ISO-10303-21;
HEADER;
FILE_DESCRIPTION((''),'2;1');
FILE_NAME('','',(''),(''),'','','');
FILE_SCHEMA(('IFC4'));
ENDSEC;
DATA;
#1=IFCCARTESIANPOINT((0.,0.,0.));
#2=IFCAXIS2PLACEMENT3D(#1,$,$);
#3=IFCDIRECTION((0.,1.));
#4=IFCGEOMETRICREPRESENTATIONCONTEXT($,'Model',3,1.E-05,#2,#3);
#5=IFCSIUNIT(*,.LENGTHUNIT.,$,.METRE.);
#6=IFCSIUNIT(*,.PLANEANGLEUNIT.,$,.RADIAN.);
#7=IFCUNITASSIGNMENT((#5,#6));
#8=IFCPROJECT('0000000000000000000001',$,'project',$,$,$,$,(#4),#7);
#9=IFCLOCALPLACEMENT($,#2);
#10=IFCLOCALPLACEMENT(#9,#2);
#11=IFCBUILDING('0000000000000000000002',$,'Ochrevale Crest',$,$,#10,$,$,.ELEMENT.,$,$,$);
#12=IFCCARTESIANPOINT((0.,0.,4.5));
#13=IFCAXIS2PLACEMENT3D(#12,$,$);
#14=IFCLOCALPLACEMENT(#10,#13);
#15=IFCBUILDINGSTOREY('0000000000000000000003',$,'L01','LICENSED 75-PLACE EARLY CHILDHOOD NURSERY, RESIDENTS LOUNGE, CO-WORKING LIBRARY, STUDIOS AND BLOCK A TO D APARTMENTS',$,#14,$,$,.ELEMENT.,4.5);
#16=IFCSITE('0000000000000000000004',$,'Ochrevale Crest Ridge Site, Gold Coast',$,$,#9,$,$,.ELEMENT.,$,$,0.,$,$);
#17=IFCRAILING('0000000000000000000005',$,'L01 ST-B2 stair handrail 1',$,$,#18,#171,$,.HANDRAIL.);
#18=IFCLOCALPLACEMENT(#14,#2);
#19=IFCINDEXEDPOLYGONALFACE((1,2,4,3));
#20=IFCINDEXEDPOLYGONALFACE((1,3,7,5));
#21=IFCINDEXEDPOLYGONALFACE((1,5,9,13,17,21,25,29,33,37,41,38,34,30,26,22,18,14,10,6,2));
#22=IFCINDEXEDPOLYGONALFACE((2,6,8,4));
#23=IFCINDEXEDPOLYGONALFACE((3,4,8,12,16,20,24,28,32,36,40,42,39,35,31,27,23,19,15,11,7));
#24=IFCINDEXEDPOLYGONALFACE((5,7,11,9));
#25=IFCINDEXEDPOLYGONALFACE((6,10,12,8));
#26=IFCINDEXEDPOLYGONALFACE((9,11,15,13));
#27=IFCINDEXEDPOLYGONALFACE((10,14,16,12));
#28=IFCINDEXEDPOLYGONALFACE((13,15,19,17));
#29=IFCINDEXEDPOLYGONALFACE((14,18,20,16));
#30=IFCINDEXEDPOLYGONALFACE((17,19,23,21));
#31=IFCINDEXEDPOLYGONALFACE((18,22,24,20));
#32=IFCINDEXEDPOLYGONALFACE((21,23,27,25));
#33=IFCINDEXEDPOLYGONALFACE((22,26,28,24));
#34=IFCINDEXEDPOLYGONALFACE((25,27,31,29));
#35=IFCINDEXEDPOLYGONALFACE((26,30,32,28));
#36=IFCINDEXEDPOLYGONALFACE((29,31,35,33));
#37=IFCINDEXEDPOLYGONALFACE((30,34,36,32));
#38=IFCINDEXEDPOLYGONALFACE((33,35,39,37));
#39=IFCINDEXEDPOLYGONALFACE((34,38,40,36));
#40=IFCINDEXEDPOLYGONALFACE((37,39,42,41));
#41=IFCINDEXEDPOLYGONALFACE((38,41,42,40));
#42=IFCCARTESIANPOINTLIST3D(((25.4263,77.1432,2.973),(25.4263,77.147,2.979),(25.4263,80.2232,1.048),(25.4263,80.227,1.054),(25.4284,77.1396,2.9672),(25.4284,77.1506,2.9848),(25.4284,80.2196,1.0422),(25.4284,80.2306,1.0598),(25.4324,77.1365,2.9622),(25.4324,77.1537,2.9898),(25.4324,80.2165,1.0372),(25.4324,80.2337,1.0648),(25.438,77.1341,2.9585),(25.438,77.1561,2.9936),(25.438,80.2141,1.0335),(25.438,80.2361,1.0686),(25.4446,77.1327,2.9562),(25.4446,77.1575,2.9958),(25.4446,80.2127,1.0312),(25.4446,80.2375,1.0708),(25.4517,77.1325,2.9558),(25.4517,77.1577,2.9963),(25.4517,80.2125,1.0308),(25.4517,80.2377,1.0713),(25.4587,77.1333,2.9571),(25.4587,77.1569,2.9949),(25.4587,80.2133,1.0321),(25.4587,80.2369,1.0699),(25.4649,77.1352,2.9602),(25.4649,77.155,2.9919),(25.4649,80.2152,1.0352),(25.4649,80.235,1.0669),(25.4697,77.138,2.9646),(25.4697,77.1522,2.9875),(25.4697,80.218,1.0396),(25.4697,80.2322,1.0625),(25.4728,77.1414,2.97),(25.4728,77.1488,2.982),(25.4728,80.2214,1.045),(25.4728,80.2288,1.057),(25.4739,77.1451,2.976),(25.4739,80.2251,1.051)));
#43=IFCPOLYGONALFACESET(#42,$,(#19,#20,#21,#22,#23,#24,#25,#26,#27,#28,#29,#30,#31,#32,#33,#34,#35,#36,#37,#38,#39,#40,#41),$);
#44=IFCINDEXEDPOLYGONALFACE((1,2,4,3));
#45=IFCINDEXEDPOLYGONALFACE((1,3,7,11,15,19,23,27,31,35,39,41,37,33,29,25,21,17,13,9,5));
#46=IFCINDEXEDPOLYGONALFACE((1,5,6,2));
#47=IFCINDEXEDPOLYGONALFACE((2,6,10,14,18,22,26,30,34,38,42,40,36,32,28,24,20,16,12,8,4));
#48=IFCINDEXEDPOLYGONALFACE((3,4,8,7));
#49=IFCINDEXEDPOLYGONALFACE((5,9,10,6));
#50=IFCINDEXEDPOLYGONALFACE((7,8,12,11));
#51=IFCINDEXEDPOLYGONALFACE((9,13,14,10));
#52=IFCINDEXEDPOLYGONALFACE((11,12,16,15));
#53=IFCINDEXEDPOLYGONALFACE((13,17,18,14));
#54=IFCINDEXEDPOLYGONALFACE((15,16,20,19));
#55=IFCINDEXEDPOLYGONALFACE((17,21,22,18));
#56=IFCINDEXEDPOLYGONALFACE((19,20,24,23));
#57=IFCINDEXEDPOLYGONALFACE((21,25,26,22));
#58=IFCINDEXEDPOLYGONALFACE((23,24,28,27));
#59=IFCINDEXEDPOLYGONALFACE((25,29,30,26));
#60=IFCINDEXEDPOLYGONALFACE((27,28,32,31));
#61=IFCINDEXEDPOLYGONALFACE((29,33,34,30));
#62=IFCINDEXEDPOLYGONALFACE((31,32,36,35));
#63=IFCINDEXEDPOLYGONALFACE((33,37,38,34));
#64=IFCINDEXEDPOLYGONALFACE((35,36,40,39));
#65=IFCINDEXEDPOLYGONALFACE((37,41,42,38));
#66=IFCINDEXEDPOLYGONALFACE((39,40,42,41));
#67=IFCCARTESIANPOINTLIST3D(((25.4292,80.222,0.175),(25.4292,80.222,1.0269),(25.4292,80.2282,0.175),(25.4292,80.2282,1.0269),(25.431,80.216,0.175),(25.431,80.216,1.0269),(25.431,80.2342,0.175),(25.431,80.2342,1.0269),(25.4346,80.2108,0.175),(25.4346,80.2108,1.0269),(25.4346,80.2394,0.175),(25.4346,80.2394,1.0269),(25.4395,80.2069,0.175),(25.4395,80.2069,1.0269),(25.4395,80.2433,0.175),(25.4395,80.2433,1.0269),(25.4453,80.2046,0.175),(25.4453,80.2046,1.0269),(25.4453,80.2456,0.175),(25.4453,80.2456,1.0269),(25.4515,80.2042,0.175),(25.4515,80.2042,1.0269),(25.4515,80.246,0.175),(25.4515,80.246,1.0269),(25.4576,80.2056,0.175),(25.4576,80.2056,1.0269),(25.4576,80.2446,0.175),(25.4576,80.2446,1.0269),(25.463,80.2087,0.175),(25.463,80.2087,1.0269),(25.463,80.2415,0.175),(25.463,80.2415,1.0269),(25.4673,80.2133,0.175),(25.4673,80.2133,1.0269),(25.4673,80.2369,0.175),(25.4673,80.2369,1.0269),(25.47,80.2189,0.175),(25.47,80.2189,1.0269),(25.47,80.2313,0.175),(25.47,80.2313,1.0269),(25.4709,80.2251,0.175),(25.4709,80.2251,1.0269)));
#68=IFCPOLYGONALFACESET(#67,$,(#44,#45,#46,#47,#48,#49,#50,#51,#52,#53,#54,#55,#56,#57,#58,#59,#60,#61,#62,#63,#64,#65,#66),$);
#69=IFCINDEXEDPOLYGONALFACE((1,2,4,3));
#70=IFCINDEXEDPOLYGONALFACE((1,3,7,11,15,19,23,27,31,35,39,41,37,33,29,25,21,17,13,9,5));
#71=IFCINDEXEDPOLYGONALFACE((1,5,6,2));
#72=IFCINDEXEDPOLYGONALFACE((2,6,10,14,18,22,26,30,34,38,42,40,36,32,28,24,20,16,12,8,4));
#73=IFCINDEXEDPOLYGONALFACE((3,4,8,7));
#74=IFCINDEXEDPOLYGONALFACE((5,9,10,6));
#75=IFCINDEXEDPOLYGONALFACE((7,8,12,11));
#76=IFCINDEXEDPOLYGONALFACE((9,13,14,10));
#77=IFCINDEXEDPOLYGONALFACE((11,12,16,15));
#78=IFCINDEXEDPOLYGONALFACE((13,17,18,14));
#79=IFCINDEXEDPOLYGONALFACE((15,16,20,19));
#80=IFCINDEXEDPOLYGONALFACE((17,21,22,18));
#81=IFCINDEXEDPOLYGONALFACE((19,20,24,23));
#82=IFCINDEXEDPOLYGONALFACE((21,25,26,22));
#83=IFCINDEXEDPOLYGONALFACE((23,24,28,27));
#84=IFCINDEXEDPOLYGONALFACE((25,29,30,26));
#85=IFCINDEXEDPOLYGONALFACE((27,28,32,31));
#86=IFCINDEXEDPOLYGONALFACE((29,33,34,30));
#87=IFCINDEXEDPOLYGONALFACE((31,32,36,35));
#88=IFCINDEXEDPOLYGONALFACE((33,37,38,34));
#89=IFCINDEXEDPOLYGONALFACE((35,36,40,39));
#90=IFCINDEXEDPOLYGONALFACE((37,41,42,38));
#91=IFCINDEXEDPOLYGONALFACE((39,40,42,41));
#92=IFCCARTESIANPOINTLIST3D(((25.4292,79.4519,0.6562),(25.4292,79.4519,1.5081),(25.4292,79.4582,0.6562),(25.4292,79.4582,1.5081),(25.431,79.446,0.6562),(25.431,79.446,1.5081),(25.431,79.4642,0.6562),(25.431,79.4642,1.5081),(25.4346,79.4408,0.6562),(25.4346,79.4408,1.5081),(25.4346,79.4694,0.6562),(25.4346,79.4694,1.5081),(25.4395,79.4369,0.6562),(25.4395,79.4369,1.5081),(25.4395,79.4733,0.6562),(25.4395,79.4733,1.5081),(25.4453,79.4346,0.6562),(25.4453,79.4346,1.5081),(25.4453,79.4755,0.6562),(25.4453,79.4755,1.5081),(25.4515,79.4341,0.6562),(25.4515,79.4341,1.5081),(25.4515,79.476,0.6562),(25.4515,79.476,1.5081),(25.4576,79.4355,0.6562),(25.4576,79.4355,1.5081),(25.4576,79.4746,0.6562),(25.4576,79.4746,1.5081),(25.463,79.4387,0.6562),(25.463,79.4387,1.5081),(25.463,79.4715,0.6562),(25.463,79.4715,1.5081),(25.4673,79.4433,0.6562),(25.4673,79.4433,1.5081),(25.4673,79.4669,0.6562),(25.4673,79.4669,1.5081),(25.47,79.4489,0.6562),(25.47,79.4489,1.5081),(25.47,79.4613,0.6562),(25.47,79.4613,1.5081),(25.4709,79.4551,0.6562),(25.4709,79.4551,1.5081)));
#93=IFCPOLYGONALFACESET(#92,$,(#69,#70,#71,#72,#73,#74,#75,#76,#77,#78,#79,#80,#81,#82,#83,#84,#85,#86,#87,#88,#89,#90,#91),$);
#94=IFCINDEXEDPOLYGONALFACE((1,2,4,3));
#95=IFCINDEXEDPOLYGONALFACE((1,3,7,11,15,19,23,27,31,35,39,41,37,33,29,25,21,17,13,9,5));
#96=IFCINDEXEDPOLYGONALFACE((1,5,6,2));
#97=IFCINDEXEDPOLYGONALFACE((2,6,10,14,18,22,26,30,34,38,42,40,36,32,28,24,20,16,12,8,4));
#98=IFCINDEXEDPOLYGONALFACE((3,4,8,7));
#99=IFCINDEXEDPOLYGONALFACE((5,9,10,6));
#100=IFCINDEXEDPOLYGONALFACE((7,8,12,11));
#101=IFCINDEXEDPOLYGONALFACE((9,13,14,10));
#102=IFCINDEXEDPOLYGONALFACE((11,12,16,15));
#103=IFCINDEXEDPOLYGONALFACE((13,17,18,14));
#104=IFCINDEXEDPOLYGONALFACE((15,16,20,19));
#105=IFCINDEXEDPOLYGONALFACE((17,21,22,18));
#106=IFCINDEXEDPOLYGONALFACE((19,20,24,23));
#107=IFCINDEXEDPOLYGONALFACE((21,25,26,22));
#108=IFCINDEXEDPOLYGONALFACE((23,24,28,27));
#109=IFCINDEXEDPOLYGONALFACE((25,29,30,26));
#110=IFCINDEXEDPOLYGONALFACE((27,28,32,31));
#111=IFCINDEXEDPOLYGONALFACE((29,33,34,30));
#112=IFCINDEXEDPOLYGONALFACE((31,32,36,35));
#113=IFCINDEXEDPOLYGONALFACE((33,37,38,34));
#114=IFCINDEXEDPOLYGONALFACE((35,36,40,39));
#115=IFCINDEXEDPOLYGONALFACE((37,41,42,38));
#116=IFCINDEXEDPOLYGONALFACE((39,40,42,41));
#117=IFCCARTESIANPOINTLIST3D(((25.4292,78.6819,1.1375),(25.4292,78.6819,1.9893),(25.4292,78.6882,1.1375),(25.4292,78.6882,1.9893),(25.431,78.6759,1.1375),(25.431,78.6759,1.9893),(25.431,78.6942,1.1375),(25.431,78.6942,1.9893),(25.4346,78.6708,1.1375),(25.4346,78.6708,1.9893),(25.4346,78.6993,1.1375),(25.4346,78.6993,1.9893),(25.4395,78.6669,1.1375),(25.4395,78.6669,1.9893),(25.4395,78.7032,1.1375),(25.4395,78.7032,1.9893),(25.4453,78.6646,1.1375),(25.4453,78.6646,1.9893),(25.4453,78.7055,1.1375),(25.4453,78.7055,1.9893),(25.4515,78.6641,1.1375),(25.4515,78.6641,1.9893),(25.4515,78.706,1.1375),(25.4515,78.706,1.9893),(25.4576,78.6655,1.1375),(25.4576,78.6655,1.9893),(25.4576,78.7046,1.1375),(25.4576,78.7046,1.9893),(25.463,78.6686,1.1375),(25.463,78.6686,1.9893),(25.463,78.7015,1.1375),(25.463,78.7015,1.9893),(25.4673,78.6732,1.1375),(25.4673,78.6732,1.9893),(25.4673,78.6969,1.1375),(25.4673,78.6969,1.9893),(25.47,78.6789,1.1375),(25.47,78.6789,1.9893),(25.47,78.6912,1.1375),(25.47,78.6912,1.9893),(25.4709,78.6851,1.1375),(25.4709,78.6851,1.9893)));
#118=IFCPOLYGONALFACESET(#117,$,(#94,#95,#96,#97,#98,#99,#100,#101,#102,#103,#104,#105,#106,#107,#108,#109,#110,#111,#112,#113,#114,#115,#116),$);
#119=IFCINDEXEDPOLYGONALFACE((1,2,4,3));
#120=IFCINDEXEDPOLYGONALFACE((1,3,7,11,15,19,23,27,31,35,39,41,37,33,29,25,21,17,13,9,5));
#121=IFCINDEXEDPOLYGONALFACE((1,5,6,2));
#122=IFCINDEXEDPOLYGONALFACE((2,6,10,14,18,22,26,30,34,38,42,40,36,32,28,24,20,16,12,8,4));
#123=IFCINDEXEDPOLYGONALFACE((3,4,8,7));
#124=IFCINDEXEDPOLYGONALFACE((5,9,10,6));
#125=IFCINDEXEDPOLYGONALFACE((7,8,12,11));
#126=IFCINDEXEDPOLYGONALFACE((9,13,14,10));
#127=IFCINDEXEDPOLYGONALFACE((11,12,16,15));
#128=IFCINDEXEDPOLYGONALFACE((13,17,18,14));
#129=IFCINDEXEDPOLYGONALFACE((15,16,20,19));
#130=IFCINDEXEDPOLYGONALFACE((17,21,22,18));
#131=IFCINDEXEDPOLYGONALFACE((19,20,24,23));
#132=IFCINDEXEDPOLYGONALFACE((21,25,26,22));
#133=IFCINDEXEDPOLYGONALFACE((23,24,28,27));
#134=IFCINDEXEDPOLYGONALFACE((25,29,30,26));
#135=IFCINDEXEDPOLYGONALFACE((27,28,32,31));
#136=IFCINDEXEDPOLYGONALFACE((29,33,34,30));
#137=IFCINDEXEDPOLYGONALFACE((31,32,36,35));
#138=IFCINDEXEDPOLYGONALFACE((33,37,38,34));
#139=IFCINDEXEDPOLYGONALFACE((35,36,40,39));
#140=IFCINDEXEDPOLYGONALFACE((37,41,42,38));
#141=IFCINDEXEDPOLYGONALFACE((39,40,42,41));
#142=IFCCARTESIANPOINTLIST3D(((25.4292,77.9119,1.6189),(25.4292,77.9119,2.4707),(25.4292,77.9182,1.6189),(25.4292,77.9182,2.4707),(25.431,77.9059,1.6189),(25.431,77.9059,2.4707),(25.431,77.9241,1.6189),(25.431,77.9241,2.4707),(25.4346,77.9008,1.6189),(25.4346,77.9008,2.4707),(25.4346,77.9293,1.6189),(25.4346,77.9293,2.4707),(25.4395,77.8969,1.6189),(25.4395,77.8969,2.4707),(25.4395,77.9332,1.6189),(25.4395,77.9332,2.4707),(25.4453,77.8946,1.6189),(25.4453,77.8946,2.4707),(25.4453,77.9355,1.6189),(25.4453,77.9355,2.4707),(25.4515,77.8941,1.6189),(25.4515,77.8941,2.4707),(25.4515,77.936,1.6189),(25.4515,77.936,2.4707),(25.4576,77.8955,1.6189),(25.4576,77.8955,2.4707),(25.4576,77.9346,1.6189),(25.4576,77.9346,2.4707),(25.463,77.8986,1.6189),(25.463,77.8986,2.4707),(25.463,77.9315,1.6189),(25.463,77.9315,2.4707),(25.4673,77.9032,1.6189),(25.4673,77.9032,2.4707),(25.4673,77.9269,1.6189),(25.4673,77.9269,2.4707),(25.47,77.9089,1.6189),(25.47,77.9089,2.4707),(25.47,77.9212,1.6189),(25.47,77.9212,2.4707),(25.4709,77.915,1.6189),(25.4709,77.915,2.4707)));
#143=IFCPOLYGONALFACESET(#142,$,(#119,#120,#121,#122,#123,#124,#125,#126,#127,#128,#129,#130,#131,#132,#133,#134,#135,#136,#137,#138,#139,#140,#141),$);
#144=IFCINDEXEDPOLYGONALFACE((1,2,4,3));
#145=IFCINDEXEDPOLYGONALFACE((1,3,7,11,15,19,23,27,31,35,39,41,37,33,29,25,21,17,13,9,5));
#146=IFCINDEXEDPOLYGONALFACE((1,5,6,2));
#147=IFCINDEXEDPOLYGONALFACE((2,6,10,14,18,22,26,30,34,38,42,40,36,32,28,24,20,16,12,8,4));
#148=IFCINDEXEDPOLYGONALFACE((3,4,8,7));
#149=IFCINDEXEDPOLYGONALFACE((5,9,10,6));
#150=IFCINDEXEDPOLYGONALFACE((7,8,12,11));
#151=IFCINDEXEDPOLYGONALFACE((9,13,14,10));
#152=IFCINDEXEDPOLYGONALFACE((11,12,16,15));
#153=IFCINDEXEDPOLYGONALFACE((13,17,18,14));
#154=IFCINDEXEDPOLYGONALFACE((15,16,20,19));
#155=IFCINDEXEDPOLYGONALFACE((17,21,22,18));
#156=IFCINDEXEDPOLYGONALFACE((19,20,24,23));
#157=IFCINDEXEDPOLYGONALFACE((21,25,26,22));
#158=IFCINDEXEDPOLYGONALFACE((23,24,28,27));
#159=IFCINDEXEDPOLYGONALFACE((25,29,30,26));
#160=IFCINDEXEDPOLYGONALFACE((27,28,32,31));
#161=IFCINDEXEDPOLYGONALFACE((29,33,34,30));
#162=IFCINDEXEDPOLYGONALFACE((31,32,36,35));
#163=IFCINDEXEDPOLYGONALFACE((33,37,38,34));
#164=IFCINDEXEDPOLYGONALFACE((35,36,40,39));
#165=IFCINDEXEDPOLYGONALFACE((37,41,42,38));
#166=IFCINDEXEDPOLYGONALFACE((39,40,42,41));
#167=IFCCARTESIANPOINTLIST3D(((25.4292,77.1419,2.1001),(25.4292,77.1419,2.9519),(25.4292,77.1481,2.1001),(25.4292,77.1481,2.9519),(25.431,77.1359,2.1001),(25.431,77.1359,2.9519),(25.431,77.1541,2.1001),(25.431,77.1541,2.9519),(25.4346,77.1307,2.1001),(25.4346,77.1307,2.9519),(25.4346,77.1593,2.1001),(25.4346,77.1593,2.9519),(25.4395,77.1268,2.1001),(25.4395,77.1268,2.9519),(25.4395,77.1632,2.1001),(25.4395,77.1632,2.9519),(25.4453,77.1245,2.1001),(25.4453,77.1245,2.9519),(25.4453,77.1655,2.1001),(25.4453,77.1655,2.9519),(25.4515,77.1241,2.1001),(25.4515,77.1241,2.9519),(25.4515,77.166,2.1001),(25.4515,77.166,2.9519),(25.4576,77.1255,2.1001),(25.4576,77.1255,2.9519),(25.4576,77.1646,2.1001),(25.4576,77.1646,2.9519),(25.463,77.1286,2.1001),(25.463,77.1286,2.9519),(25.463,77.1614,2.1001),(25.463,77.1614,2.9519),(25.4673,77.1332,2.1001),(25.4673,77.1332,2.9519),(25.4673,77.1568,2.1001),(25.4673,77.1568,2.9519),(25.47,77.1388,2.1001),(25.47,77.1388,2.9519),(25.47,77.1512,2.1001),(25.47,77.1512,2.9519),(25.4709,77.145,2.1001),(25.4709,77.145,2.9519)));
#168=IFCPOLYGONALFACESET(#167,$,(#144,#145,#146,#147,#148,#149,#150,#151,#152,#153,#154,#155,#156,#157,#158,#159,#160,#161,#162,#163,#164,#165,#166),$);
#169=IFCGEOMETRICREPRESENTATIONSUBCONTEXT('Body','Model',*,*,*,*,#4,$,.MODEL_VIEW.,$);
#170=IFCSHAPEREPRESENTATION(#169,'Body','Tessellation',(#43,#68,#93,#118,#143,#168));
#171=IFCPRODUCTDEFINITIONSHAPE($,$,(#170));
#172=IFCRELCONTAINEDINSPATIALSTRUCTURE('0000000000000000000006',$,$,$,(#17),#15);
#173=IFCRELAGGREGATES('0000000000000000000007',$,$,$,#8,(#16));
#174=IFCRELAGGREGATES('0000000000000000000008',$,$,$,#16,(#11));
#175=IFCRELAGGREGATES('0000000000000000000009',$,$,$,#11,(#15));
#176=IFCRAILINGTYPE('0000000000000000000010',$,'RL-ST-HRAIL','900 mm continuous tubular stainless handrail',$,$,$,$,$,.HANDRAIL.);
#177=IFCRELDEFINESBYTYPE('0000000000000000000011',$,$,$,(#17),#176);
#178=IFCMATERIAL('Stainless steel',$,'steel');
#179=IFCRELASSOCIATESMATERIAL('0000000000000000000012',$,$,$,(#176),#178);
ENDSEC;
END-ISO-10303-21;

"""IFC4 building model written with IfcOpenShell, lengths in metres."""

from ifc_helpers import new_model, si_unit, direction, frame, origin, origin_2d, place, context, subcontext, project, spatial, circle, extrude, material, type_object, element, save


model = new_model("IFC4")

# Units and contexts
model_context = context("Model", 3, precision=1e-05, world=origin(), true_north=direction((0.0, 1.0)))
body_context = subcontext(model_context, "Body", "Model", "MODEL_VIEW")
ifc_project = project(units=[si_unit("LENGTHUNIT", "METRE"), si_unit("PLANEANGLEUNIT", "RADIAN")], contexts=[model_context])

# Site, building, storey
site_placement = place(None, origin())
site = spatial("IfcSite", under=ifc_project, at=site_placement, Name="Ochrevale Crest Ridge Site, Gold Coast", CompositionType="ELEMENT", RefElevation=0.0)
building_placement = place(site_placement, origin())
building = spatial("IfcBuilding", under=site, at=building_placement, Name="Ochrevale Crest", CompositionType="ELEMENT")
storey_placement = place(building_placement, frame((0.0, 0.0, 4.5)))
storey = spatial("IfcBuildingStorey", under=building, at=storey_placement, Name="L01", Description="LICENSED 75-PLACE EARLY CHILDHOOD NURSERY, RESIDENTS LOUNGE, CO-WORKING LIBRARY, STUDIOS AND BLOCK A TO D APARTMENTS", CompositionType="ELEMENT", Elevation=4.5)

# Railing
ifc_material_1 = material(Name="Stainless steel", Category="steel")
railing_type_1 = type_object("IfcRailingType", Name="RL-ST-HRAIL", Description="900 mm continuous tubular stainless handrail", PredefinedType="HANDRAIL", material=ifc_material_1)
railing_1_placement = place(storey_placement, frame((25.45, 80.2251, 0.175)))
element("IfcRailing", 1, at=railing_1_placement, inside=storey, type_object=railing_type_1, Name="L01 ST-B2 stair handrail 1", PredefinedType="HANDRAIL", context=body_context, shape_type="SweptSolid", body=[
    extrude(circle(Radius=0.0239, at=origin_2d()), frame((0.0, 0.0, 0.876), z_axis=(0.0, -0.847998, 0.529999), x_axis=(1.0, 0.0, 0.0)), (0.0, 0.0, 1.0), 3.6321),
    extrude(circle(Radius=0.021, at=origin_2d()), origin(), (0.0, 0.0, 1.0), 0.8518),
    extrude(circle(Radius=0.021, at=origin_2d()), frame((0.0, -0.77, 0.4812)), (0.0, 0.0, 1.0), 0.8518),
    extrude(circle(Radius=0.021, at=origin_2d()), frame((0.0, -1.54, 0.9624)), (0.0, 0.0, 1.0), 0.8518),
    extrude(circle(Radius=0.021, at=origin_2d()), frame((0.0, -2.3101, 1.4438)), (0.0, 0.0, 1.0), 0.8518),
    extrude(circle(Radius=0.021, at=origin_2d()), frame((0.0, -3.0801, 1.925)), (0.0, 0.0, 1.0), 0.8518),
])

save(model, "model.ifc")
